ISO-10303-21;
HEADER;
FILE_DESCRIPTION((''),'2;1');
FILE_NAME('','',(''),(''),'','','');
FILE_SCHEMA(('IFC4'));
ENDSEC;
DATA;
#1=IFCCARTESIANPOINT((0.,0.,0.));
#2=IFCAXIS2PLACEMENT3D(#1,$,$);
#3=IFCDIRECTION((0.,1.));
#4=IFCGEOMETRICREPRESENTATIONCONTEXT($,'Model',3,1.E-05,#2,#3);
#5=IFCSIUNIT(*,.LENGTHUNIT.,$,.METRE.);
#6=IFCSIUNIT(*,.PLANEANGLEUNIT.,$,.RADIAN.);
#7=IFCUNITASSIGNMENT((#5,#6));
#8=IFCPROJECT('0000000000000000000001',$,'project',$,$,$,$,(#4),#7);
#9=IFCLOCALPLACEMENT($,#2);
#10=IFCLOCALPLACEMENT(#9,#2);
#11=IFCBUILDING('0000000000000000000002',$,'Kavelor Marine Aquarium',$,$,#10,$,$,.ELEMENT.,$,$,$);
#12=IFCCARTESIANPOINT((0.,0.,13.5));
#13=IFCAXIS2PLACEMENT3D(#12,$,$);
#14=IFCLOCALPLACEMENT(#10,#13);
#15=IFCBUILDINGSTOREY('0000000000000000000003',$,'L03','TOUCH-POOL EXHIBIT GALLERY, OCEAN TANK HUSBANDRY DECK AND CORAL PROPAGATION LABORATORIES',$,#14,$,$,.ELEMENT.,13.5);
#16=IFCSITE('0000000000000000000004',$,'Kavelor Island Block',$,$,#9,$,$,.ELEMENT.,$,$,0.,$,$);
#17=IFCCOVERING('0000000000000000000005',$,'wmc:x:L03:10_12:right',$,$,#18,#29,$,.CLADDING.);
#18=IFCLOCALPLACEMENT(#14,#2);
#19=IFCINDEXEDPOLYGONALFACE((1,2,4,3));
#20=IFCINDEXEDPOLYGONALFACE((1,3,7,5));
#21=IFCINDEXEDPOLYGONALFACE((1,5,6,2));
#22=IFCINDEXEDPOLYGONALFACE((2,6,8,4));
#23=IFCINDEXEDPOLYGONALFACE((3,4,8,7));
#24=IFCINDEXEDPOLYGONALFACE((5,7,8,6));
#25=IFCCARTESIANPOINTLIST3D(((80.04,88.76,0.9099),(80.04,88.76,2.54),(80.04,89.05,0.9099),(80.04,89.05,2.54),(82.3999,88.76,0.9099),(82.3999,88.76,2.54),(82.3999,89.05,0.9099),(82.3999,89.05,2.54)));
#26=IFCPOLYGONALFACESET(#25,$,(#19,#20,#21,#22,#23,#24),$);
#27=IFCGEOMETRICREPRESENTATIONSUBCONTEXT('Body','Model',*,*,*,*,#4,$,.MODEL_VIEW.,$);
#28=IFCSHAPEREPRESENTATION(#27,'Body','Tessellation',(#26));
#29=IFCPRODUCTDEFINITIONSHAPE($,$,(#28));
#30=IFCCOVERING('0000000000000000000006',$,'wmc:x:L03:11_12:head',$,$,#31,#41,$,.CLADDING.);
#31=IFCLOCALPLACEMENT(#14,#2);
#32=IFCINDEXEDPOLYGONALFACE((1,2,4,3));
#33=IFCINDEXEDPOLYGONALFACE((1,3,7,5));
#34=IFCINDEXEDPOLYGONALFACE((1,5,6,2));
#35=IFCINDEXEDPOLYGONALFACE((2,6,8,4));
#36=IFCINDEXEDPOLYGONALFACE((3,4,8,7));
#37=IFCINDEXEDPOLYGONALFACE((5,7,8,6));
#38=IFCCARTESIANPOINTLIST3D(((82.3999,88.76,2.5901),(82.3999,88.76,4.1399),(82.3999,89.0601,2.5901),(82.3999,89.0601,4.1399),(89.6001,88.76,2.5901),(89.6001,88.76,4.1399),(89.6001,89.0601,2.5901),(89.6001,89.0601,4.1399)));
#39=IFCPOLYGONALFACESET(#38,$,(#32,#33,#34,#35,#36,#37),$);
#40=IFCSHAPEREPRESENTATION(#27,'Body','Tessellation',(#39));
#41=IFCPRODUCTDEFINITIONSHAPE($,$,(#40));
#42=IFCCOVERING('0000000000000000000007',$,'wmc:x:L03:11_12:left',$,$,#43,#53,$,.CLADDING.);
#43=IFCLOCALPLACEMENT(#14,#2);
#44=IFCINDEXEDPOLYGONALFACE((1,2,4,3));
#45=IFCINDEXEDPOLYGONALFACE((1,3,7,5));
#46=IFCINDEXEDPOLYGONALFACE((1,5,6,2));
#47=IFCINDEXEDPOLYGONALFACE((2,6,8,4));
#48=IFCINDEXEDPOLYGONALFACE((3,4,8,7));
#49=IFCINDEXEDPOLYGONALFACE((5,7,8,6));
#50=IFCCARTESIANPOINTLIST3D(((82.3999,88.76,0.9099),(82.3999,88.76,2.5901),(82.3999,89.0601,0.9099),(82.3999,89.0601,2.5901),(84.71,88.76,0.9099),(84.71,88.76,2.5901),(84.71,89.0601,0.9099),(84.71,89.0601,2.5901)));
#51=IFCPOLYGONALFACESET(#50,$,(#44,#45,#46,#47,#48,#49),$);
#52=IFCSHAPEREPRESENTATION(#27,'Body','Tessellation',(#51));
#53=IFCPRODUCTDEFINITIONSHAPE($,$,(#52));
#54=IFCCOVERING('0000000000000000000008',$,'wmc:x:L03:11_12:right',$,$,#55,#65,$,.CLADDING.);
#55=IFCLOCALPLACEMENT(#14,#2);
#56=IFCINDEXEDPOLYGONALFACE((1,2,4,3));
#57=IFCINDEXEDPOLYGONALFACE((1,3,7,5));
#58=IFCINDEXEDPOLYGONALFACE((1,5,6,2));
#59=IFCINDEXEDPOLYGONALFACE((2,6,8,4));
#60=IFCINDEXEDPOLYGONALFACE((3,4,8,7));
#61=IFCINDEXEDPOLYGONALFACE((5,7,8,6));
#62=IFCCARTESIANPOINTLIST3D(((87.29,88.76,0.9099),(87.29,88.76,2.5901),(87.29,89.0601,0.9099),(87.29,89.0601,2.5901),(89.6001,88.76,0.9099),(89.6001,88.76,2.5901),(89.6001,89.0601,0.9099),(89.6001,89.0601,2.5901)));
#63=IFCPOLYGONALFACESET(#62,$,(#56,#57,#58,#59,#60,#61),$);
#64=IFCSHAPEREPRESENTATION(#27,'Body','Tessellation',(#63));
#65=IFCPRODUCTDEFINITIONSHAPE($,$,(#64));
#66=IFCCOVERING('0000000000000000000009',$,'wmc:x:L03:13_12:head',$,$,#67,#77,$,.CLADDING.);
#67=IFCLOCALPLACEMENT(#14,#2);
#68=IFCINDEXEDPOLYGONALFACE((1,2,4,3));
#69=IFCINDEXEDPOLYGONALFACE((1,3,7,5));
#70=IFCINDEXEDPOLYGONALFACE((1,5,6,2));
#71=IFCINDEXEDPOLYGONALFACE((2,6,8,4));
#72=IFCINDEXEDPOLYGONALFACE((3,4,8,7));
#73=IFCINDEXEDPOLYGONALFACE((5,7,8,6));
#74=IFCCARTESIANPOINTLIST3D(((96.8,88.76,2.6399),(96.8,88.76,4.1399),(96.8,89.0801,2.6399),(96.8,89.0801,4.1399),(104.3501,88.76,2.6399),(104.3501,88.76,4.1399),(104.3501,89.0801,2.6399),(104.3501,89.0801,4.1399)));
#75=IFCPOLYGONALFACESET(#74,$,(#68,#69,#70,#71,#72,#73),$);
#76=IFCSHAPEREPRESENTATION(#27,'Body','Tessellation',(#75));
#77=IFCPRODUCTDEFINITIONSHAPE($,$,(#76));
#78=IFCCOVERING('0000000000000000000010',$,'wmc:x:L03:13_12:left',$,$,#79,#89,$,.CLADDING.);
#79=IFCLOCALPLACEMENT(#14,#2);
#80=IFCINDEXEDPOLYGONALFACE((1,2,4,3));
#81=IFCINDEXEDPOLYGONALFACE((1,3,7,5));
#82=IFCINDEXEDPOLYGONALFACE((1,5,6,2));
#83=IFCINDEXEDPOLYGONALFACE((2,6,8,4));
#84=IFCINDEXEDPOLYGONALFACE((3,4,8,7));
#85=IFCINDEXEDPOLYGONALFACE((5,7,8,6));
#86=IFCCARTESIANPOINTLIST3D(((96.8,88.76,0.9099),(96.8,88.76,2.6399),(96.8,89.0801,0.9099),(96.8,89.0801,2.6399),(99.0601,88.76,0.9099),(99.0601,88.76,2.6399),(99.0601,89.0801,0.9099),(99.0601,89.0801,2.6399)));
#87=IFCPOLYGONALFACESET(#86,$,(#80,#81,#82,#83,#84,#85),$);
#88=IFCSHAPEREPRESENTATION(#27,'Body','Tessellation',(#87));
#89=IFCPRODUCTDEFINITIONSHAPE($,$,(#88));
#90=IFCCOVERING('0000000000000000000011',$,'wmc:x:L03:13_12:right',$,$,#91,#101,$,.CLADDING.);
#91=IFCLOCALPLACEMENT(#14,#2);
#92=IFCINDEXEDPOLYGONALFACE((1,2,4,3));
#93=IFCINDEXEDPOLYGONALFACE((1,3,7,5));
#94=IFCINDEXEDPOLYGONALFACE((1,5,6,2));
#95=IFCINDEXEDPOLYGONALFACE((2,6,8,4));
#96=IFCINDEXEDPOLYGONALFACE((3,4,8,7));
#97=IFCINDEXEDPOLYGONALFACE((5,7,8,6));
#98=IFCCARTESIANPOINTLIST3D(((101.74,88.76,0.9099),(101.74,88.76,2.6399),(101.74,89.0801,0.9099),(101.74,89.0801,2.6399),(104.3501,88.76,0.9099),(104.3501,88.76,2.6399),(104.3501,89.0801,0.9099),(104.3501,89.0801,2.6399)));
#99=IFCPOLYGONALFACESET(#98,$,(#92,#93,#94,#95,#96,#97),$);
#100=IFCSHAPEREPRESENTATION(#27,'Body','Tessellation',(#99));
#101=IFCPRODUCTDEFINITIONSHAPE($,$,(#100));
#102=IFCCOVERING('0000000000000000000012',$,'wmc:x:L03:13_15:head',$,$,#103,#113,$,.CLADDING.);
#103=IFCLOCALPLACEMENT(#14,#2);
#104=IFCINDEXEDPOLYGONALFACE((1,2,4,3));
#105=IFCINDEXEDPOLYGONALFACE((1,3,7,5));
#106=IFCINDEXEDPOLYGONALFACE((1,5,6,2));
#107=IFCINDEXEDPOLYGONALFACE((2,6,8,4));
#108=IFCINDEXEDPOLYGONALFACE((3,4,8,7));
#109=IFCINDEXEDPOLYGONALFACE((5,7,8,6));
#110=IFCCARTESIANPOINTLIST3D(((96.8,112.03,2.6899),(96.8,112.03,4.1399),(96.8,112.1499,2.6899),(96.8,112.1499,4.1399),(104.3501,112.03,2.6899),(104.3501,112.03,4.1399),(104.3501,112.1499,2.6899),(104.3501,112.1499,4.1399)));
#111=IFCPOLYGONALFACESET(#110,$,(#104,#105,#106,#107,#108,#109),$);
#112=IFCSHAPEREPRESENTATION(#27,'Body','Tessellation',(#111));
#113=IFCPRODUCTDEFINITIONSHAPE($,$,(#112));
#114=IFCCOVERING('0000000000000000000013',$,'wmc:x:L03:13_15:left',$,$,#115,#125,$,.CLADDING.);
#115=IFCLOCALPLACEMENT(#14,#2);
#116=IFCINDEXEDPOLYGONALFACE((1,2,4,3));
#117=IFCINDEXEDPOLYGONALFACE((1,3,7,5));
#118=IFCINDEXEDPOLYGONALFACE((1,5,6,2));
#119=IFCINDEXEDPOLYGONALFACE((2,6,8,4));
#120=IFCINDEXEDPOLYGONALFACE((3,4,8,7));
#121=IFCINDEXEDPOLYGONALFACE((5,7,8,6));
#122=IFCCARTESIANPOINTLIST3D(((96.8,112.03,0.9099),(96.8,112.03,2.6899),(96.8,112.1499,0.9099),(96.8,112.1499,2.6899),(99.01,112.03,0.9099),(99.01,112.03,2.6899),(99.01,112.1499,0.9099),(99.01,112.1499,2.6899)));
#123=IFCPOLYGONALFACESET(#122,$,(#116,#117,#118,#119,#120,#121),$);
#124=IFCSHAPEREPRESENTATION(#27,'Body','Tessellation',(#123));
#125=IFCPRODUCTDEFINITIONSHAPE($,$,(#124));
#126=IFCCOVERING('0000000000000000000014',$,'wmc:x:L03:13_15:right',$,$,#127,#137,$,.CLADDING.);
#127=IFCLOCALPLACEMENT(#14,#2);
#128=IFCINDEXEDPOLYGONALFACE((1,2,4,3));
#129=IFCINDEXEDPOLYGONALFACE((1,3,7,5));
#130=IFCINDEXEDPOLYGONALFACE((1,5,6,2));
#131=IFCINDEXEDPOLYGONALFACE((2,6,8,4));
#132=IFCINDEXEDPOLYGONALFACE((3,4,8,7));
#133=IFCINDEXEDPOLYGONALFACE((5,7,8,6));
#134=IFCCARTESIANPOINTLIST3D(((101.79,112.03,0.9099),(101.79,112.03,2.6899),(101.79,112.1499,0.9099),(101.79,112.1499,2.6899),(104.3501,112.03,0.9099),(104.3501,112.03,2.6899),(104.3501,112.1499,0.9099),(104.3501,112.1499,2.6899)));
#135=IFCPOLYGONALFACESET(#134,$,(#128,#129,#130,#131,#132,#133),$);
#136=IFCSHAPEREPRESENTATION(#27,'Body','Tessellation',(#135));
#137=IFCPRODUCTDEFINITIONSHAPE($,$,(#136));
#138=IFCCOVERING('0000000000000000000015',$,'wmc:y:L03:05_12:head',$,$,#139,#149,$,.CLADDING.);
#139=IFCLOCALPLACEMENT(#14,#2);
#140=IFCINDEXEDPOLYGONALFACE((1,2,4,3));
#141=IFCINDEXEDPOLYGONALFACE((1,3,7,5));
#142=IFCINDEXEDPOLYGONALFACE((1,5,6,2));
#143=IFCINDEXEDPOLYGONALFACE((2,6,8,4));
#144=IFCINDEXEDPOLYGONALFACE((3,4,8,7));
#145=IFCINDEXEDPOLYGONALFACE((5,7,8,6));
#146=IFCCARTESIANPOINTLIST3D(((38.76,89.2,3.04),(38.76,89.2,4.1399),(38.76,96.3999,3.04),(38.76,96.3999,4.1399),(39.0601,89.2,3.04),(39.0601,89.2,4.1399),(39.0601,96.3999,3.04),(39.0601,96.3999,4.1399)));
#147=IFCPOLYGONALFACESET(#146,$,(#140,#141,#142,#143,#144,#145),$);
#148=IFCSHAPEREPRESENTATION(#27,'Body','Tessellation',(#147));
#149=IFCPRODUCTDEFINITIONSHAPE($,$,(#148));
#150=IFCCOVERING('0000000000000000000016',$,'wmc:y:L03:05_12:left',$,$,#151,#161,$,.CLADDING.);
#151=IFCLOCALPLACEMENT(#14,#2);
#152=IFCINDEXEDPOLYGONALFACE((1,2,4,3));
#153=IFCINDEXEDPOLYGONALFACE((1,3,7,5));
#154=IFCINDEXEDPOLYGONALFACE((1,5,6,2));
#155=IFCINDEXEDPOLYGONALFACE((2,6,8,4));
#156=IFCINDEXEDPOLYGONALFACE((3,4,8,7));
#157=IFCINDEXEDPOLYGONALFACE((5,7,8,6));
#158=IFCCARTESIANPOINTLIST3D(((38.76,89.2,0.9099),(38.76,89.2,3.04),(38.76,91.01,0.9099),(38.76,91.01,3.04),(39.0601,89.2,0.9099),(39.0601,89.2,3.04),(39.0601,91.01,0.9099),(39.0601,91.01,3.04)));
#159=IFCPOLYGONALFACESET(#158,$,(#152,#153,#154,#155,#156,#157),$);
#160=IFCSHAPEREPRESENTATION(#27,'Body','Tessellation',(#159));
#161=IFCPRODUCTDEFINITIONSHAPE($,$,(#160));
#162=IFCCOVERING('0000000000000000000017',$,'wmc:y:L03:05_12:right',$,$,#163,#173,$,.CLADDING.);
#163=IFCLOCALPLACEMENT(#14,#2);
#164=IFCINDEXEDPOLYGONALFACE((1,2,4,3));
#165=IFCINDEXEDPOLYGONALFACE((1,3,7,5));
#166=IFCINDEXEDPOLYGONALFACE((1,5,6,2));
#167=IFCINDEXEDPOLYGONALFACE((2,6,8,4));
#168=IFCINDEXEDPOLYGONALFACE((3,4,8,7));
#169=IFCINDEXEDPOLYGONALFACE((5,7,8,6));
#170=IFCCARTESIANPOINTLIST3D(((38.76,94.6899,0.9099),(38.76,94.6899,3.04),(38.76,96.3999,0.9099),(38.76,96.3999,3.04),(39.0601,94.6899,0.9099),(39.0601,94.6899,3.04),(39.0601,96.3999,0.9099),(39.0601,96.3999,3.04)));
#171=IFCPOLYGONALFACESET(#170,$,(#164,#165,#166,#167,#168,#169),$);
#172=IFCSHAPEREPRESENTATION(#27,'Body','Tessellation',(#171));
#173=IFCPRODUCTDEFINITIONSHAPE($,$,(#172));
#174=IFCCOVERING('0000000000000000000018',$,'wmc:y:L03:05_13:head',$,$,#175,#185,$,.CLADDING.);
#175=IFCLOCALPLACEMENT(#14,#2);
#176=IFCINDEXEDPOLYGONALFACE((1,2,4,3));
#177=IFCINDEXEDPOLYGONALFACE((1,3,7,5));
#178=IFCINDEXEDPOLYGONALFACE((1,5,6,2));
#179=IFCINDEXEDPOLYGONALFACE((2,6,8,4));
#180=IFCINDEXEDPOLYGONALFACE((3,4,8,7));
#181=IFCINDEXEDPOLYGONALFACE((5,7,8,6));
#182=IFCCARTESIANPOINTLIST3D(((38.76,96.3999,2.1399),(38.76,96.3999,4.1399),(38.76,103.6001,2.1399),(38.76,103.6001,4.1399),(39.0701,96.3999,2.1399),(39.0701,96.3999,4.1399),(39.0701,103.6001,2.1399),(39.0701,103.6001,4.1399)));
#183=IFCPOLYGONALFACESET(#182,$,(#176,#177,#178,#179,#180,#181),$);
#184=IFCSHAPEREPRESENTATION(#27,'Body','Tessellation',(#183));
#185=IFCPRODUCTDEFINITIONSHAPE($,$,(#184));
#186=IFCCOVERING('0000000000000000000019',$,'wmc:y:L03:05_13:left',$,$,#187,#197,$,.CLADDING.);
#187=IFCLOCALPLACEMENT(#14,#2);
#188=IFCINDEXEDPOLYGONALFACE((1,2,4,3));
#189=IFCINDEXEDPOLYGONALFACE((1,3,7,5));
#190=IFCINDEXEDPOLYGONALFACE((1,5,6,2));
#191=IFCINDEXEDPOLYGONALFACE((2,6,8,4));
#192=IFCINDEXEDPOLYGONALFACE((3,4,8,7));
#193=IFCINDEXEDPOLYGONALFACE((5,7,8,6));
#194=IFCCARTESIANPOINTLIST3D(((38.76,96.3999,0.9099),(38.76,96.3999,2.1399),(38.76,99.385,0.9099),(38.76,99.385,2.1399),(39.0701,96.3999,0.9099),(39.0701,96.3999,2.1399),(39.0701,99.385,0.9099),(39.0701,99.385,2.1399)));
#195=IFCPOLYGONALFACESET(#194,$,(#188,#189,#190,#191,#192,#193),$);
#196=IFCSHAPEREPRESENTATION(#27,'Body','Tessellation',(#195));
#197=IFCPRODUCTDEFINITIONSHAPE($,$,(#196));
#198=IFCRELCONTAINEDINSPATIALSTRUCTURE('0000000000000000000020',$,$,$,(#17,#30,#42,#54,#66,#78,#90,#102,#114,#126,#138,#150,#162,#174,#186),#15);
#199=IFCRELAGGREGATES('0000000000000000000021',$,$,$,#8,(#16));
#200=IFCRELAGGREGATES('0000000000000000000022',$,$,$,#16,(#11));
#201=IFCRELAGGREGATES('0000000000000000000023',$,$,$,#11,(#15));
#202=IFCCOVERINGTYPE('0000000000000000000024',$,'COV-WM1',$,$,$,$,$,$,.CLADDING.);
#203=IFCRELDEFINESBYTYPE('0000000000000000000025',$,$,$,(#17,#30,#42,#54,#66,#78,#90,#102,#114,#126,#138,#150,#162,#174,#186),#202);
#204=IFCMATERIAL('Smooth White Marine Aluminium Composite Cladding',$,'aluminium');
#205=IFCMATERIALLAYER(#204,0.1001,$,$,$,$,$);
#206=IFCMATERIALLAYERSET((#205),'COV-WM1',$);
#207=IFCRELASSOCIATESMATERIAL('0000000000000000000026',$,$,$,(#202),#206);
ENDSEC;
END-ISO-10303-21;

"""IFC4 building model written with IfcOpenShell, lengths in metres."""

from ifc_helpers import new_model, si_unit, direction, frame, origin, place, context, subcontext, project, spatial, polyline, outline, extrude, material, layer, layer_set, type_object, element, save


model = new_model("IFC4")

# Units and contexts
model_context = context("Model", 3, precision=1e-05, world=origin(), true_north=direction((0.0, 1.0)))
body_context = subcontext(model_context, "Body", "Model", "MODEL_VIEW")
ifc_project = project(units=[si_unit("LENGTHUNIT", "METRE"), si_unit("PLANEANGLEUNIT", "RADIAN")], contexts=[model_context])

# Site, building, storey
site_placement = place(None, origin())
site = spatial("IfcSite", under=ifc_project, at=site_placement, Name="Kavelor Island Block", CompositionType="ELEMENT", RefElevation=0.0)
building_placement = place(site_placement, origin())
building = spatial("IfcBuilding", under=site, at=building_placement, Name="Kavelor Marine Aquarium", CompositionType="ELEMENT")
storey_placement = place(building_placement, frame((0.0, 0.0, 13.5)))
storey = spatial("IfcBuildingStorey", under=building, at=storey_placement, Name="L03", Description="TOUCH-POOL EXHIBIT GALLERY, OCEAN TANK HUSBANDRY DECK AND CORAL PROPAGATION LABORATORIES", CompositionType="ELEMENT", Elevation=13.5)

# Coverings
ifc_material_1 = material(Name="Smooth White Marine Aluminium Composite Cladding", Category="aluminium")
ifc_layer_1 = layer(ifc_material_1, 0.1001)
ifc_layer_set_1 = layer_set([ifc_layer_1], Name="COV-WM1")
covering_type_1 = type_object("IfcCoveringType", Name="COV-WM1", PredefinedType="CLADDING", material=ifc_layer_set_1)
covering_1_placement = place(storey_placement, frame((0.0, 0.0, 0.9099)))
element("IfcCovering", 1, at=covering_1_placement, inside=storey, type_object=covering_type_1, Name="wmc:x:L03:10_12:right", PredefinedType="CLADDING", context=body_context, shape_type="SweptSolid", body=[
    extrude(outline(polyline([(80.04, 88.76), (82.3999, 88.76), (82.3999, 89.05), (80.04, 89.05), (80.04, 88.76)])), origin(), (0.0, 0.0, 1.0), 1.6301),
])
covering_2_placement = place(storey_placement, frame((0.0, 0.0, 2.5901)))
element("IfcCovering", 2, at=covering_2_placement, inside=storey, type_object=covering_type_1, Name="wmc:x:L03:11_12:head", PredefinedType="CLADDING", context=body_context, shape_type="SweptSolid", body=[
    extrude(outline(polyline([(82.3999, 88.76), (89.6001, 88.76), (89.6001, 89.0601), (82.3999, 89.0601), (82.3999, 88.76)])), origin(), (0.0, 0.0, 1.0), 1.5498),
])
covering_3_placement = place(storey_placement, frame((0.0, 0.0, 0.9099)))
element("IfcCovering", 3, at=covering_3_placement, inside=storey, type_object=covering_type_1, Name="wmc:x:L03:11_12:left", PredefinedType="CLADDING", context=body_context, shape_type="SweptSolid", body=[
    extrude(outline(polyline([(82.3999, 88.76), (84.71, 88.76), (84.71, 89.0601), (82.3999, 89.0601), (82.3999, 88.76)])), origin(), (0.0, 0.0, 1.0), 1.6802),
])
covering_4_placement = place(storey_placement, frame((0.0, 0.0, 0.9099)))
element("IfcCovering", 4, at=covering_4_placement, inside=storey, type_object=covering_type_1, Name="wmc:x:L03:11_12:right", PredefinedType="CLADDING", context=body_context, shape_type="SweptSolid", body=[
    extrude(outline(polyline([(87.29, 88.76), (89.6001, 88.76), (89.6001, 89.0601), (87.29, 89.0601), (87.29, 88.76)])), origin(), (0.0, 0.0, 1.0), 1.6802),
])
covering_5_placement = place(storey_placement, frame((0.0, 0.0, 2.6399)))
element("IfcCovering", 5, at=covering_5_placement, inside=storey, type_object=covering_type_1, Name="wmc:x:L03:13_12:head", PredefinedType="CLADDING", context=body_context, shape_type="SweptSolid", body=[
    extrude(outline(polyline([(96.8, 88.76), (104.3501, 88.76), (104.3501, 89.0801), (96.8, 89.0801), (96.8, 88.76)])), origin(), (0.0, 0.0, 1.0), 1.5),
])
covering_6_placement = place(storey_placement, frame((0.0, 0.0, 0.9099)))
element("IfcCovering", 6, at=covering_6_placement, inside=storey, type_object=covering_type_1, Name="wmc:x:L03:13_12:left", PredefinedType="CLADDING", context=body_context, shape_type="SweptSolid", body=[
    extrude(outline(polyline([(96.8, 88.76), (99.0601, 88.76), (99.0601, 89.0801), (96.8, 89.0801), (96.8, 88.76)])), origin(), (0.0, 0.0, 1.0), 1.73),
])
covering_7_placement = place(storey_placement, frame((0.0, 0.0, 0.9099)))
element("IfcCovering", 7, at=covering_7_placement, inside=storey, type_object=covering_type_1, Name="wmc:x:L03:13_12:right", PredefinedType="CLADDING", context=body_context, shape_type="SweptSolid", body=[
    extrude(outline(polyline([(101.74, 88.76), (104.3501, 88.76), (104.3501, 89.0801), (101.74, 89.0801), (101.74, 88.76)])), origin(), (0.0, 0.0, 1.0), 1.73),
])
covering_8_placement = place(storey_placement, frame((0.0, 0.0, 2.6899)))
element("IfcCovering", 8, at=covering_8_placement, inside=storey, type_object=covering_type_1, Name="wmc:x:L03:13_15:head", PredefinedType="CLADDING", context=body_context, shape_type="SweptSolid", body=[
    extrude(outline(polyline([(96.8, 112.03), (104.3501, 112.03), (104.3501, 112.1499), (96.8, 112.1499), (96.8, 112.03)])), origin(), (0.0, 0.0, 1.0), 1.45),
])
covering_9_placement = place(storey_placement, frame((0.0, 0.0, 0.9099)))
element("IfcCovering", 9, at=covering_9_placement, inside=storey, type_object=covering_type_1, Name="wmc:x:L03:13_15:left", PredefinedType="CLADDING", context=body_context, shape_type="SweptSolid", body=[
    extrude(outline(polyline([(96.8, 112.03), (99.01, 112.03), (99.01, 112.1499), (96.8, 112.1499), (96.8, 112.03)])), origin(), (0.0, 0.0, 1.0), 1.78),
])
covering_10_placement = place(storey_placement, frame((0.0, 0.0, 0.9099)))
element("IfcCovering", 10, at=covering_10_placement, inside=storey, type_object=covering_type_1, Name="wmc:x:L03:13_15:right", PredefinedType="CLADDING", context=body_context, shape_type="SweptSolid", body=[
    extrude(outline(polyline([(101.79, 112.03), (104.3501, 112.03), (104.3501, 112.1499), (101.79, 112.1499), (101.79, 112.03)])), origin(), (0.0, 0.0, 1.0), 1.78),
])
covering_11_placement = place(storey_placement, frame((0.0, 0.0, 3.04)))
element("IfcCovering", 11, at=covering_11_placement, inside=storey, type_object=covering_type_1, Name="wmc:y:L03:05_12:head", PredefinedType="CLADDING", context=body_context, shape_type="SweptSolid", body=[
    extrude(outline(polyline([(38.76, 89.2), (39.0601, 89.2), (39.0601, 96.3999), (38.76, 96.3999), (38.76, 89.2)])), origin(), (0.0, 0.0, 1.0), 1.0999),
])
covering_12_placement = place(storey_placement, frame((0.0, 0.0, 0.9099)))
element("IfcCovering", 12, at=covering_12_placement, inside=storey, type_object=covering_type_1, Name="wmc:y:L03:05_12:left", PredefinedType="CLADDING", context=body_context, shape_type="SweptSolid", body=[
    extrude(outline(polyline([(38.76, 89.2), (39.0601, 89.2), (39.0601, 91.01), (38.76, 91.01), (38.76, 89.2)])), origin(), (0.0, 0.0, 1.0), 2.1301),
])
covering_13_placement = place(storey_placement, frame((0.0, 0.0, 0.9099)))
element("IfcCovering", 13, at=covering_13_placement, inside=storey, type_object=covering_type_1, Name="wmc:y:L03:05_12:right", PredefinedType="CLADDING", context=body_context, shape_type="SweptSolid", body=[
    extrude(outline(polyline([(38.76, 94.6899), (39.0601, 94.6899), (39.0601, 96.3999), (38.76, 96.3999), (38.76, 94.6899)])), origin(), (0.0, 0.0, 1.0), 2.1301),
])
covering_14_placement = place(storey_placement, frame((0.0, 0.0, 2.1399)))
element("IfcCovering", 14, at=covering_14_placement, inside=storey, type_object=covering_type_1, Name="wmc:y:L03:05_13:head", PredefinedType="CLADDING", context=body_context, shape_type="SweptSolid", body=[
    extrude(outline(polyline([(38.76, 96.3999), (39.0701, 96.3999), (39.0701, 103.6001), (38.76, 103.6001), (38.76, 96.3999)])), origin(), (0.0, 0.0, 1.0), 2.0),
])
covering_15_placement = place(storey_placement, frame((0.0, 0.0, 0.9099)))
element("IfcCovering", 15, at=covering_15_placement, inside=storey, type_object=covering_type_1, Name="wmc:y:L03:05_13:left", PredefinedType="CLADDING", context=body_context, shape_type="SweptSolid", body=[
    extrude(outline(polyline([(38.76, 96.3999), (39.0701, 96.3999), (39.0701, 99.385), (38.76, 99.385), (38.76, 96.3999)])), origin(), (0.0, 0.0, 1.0), 1.23),
])

save(model, "model.ifc")
